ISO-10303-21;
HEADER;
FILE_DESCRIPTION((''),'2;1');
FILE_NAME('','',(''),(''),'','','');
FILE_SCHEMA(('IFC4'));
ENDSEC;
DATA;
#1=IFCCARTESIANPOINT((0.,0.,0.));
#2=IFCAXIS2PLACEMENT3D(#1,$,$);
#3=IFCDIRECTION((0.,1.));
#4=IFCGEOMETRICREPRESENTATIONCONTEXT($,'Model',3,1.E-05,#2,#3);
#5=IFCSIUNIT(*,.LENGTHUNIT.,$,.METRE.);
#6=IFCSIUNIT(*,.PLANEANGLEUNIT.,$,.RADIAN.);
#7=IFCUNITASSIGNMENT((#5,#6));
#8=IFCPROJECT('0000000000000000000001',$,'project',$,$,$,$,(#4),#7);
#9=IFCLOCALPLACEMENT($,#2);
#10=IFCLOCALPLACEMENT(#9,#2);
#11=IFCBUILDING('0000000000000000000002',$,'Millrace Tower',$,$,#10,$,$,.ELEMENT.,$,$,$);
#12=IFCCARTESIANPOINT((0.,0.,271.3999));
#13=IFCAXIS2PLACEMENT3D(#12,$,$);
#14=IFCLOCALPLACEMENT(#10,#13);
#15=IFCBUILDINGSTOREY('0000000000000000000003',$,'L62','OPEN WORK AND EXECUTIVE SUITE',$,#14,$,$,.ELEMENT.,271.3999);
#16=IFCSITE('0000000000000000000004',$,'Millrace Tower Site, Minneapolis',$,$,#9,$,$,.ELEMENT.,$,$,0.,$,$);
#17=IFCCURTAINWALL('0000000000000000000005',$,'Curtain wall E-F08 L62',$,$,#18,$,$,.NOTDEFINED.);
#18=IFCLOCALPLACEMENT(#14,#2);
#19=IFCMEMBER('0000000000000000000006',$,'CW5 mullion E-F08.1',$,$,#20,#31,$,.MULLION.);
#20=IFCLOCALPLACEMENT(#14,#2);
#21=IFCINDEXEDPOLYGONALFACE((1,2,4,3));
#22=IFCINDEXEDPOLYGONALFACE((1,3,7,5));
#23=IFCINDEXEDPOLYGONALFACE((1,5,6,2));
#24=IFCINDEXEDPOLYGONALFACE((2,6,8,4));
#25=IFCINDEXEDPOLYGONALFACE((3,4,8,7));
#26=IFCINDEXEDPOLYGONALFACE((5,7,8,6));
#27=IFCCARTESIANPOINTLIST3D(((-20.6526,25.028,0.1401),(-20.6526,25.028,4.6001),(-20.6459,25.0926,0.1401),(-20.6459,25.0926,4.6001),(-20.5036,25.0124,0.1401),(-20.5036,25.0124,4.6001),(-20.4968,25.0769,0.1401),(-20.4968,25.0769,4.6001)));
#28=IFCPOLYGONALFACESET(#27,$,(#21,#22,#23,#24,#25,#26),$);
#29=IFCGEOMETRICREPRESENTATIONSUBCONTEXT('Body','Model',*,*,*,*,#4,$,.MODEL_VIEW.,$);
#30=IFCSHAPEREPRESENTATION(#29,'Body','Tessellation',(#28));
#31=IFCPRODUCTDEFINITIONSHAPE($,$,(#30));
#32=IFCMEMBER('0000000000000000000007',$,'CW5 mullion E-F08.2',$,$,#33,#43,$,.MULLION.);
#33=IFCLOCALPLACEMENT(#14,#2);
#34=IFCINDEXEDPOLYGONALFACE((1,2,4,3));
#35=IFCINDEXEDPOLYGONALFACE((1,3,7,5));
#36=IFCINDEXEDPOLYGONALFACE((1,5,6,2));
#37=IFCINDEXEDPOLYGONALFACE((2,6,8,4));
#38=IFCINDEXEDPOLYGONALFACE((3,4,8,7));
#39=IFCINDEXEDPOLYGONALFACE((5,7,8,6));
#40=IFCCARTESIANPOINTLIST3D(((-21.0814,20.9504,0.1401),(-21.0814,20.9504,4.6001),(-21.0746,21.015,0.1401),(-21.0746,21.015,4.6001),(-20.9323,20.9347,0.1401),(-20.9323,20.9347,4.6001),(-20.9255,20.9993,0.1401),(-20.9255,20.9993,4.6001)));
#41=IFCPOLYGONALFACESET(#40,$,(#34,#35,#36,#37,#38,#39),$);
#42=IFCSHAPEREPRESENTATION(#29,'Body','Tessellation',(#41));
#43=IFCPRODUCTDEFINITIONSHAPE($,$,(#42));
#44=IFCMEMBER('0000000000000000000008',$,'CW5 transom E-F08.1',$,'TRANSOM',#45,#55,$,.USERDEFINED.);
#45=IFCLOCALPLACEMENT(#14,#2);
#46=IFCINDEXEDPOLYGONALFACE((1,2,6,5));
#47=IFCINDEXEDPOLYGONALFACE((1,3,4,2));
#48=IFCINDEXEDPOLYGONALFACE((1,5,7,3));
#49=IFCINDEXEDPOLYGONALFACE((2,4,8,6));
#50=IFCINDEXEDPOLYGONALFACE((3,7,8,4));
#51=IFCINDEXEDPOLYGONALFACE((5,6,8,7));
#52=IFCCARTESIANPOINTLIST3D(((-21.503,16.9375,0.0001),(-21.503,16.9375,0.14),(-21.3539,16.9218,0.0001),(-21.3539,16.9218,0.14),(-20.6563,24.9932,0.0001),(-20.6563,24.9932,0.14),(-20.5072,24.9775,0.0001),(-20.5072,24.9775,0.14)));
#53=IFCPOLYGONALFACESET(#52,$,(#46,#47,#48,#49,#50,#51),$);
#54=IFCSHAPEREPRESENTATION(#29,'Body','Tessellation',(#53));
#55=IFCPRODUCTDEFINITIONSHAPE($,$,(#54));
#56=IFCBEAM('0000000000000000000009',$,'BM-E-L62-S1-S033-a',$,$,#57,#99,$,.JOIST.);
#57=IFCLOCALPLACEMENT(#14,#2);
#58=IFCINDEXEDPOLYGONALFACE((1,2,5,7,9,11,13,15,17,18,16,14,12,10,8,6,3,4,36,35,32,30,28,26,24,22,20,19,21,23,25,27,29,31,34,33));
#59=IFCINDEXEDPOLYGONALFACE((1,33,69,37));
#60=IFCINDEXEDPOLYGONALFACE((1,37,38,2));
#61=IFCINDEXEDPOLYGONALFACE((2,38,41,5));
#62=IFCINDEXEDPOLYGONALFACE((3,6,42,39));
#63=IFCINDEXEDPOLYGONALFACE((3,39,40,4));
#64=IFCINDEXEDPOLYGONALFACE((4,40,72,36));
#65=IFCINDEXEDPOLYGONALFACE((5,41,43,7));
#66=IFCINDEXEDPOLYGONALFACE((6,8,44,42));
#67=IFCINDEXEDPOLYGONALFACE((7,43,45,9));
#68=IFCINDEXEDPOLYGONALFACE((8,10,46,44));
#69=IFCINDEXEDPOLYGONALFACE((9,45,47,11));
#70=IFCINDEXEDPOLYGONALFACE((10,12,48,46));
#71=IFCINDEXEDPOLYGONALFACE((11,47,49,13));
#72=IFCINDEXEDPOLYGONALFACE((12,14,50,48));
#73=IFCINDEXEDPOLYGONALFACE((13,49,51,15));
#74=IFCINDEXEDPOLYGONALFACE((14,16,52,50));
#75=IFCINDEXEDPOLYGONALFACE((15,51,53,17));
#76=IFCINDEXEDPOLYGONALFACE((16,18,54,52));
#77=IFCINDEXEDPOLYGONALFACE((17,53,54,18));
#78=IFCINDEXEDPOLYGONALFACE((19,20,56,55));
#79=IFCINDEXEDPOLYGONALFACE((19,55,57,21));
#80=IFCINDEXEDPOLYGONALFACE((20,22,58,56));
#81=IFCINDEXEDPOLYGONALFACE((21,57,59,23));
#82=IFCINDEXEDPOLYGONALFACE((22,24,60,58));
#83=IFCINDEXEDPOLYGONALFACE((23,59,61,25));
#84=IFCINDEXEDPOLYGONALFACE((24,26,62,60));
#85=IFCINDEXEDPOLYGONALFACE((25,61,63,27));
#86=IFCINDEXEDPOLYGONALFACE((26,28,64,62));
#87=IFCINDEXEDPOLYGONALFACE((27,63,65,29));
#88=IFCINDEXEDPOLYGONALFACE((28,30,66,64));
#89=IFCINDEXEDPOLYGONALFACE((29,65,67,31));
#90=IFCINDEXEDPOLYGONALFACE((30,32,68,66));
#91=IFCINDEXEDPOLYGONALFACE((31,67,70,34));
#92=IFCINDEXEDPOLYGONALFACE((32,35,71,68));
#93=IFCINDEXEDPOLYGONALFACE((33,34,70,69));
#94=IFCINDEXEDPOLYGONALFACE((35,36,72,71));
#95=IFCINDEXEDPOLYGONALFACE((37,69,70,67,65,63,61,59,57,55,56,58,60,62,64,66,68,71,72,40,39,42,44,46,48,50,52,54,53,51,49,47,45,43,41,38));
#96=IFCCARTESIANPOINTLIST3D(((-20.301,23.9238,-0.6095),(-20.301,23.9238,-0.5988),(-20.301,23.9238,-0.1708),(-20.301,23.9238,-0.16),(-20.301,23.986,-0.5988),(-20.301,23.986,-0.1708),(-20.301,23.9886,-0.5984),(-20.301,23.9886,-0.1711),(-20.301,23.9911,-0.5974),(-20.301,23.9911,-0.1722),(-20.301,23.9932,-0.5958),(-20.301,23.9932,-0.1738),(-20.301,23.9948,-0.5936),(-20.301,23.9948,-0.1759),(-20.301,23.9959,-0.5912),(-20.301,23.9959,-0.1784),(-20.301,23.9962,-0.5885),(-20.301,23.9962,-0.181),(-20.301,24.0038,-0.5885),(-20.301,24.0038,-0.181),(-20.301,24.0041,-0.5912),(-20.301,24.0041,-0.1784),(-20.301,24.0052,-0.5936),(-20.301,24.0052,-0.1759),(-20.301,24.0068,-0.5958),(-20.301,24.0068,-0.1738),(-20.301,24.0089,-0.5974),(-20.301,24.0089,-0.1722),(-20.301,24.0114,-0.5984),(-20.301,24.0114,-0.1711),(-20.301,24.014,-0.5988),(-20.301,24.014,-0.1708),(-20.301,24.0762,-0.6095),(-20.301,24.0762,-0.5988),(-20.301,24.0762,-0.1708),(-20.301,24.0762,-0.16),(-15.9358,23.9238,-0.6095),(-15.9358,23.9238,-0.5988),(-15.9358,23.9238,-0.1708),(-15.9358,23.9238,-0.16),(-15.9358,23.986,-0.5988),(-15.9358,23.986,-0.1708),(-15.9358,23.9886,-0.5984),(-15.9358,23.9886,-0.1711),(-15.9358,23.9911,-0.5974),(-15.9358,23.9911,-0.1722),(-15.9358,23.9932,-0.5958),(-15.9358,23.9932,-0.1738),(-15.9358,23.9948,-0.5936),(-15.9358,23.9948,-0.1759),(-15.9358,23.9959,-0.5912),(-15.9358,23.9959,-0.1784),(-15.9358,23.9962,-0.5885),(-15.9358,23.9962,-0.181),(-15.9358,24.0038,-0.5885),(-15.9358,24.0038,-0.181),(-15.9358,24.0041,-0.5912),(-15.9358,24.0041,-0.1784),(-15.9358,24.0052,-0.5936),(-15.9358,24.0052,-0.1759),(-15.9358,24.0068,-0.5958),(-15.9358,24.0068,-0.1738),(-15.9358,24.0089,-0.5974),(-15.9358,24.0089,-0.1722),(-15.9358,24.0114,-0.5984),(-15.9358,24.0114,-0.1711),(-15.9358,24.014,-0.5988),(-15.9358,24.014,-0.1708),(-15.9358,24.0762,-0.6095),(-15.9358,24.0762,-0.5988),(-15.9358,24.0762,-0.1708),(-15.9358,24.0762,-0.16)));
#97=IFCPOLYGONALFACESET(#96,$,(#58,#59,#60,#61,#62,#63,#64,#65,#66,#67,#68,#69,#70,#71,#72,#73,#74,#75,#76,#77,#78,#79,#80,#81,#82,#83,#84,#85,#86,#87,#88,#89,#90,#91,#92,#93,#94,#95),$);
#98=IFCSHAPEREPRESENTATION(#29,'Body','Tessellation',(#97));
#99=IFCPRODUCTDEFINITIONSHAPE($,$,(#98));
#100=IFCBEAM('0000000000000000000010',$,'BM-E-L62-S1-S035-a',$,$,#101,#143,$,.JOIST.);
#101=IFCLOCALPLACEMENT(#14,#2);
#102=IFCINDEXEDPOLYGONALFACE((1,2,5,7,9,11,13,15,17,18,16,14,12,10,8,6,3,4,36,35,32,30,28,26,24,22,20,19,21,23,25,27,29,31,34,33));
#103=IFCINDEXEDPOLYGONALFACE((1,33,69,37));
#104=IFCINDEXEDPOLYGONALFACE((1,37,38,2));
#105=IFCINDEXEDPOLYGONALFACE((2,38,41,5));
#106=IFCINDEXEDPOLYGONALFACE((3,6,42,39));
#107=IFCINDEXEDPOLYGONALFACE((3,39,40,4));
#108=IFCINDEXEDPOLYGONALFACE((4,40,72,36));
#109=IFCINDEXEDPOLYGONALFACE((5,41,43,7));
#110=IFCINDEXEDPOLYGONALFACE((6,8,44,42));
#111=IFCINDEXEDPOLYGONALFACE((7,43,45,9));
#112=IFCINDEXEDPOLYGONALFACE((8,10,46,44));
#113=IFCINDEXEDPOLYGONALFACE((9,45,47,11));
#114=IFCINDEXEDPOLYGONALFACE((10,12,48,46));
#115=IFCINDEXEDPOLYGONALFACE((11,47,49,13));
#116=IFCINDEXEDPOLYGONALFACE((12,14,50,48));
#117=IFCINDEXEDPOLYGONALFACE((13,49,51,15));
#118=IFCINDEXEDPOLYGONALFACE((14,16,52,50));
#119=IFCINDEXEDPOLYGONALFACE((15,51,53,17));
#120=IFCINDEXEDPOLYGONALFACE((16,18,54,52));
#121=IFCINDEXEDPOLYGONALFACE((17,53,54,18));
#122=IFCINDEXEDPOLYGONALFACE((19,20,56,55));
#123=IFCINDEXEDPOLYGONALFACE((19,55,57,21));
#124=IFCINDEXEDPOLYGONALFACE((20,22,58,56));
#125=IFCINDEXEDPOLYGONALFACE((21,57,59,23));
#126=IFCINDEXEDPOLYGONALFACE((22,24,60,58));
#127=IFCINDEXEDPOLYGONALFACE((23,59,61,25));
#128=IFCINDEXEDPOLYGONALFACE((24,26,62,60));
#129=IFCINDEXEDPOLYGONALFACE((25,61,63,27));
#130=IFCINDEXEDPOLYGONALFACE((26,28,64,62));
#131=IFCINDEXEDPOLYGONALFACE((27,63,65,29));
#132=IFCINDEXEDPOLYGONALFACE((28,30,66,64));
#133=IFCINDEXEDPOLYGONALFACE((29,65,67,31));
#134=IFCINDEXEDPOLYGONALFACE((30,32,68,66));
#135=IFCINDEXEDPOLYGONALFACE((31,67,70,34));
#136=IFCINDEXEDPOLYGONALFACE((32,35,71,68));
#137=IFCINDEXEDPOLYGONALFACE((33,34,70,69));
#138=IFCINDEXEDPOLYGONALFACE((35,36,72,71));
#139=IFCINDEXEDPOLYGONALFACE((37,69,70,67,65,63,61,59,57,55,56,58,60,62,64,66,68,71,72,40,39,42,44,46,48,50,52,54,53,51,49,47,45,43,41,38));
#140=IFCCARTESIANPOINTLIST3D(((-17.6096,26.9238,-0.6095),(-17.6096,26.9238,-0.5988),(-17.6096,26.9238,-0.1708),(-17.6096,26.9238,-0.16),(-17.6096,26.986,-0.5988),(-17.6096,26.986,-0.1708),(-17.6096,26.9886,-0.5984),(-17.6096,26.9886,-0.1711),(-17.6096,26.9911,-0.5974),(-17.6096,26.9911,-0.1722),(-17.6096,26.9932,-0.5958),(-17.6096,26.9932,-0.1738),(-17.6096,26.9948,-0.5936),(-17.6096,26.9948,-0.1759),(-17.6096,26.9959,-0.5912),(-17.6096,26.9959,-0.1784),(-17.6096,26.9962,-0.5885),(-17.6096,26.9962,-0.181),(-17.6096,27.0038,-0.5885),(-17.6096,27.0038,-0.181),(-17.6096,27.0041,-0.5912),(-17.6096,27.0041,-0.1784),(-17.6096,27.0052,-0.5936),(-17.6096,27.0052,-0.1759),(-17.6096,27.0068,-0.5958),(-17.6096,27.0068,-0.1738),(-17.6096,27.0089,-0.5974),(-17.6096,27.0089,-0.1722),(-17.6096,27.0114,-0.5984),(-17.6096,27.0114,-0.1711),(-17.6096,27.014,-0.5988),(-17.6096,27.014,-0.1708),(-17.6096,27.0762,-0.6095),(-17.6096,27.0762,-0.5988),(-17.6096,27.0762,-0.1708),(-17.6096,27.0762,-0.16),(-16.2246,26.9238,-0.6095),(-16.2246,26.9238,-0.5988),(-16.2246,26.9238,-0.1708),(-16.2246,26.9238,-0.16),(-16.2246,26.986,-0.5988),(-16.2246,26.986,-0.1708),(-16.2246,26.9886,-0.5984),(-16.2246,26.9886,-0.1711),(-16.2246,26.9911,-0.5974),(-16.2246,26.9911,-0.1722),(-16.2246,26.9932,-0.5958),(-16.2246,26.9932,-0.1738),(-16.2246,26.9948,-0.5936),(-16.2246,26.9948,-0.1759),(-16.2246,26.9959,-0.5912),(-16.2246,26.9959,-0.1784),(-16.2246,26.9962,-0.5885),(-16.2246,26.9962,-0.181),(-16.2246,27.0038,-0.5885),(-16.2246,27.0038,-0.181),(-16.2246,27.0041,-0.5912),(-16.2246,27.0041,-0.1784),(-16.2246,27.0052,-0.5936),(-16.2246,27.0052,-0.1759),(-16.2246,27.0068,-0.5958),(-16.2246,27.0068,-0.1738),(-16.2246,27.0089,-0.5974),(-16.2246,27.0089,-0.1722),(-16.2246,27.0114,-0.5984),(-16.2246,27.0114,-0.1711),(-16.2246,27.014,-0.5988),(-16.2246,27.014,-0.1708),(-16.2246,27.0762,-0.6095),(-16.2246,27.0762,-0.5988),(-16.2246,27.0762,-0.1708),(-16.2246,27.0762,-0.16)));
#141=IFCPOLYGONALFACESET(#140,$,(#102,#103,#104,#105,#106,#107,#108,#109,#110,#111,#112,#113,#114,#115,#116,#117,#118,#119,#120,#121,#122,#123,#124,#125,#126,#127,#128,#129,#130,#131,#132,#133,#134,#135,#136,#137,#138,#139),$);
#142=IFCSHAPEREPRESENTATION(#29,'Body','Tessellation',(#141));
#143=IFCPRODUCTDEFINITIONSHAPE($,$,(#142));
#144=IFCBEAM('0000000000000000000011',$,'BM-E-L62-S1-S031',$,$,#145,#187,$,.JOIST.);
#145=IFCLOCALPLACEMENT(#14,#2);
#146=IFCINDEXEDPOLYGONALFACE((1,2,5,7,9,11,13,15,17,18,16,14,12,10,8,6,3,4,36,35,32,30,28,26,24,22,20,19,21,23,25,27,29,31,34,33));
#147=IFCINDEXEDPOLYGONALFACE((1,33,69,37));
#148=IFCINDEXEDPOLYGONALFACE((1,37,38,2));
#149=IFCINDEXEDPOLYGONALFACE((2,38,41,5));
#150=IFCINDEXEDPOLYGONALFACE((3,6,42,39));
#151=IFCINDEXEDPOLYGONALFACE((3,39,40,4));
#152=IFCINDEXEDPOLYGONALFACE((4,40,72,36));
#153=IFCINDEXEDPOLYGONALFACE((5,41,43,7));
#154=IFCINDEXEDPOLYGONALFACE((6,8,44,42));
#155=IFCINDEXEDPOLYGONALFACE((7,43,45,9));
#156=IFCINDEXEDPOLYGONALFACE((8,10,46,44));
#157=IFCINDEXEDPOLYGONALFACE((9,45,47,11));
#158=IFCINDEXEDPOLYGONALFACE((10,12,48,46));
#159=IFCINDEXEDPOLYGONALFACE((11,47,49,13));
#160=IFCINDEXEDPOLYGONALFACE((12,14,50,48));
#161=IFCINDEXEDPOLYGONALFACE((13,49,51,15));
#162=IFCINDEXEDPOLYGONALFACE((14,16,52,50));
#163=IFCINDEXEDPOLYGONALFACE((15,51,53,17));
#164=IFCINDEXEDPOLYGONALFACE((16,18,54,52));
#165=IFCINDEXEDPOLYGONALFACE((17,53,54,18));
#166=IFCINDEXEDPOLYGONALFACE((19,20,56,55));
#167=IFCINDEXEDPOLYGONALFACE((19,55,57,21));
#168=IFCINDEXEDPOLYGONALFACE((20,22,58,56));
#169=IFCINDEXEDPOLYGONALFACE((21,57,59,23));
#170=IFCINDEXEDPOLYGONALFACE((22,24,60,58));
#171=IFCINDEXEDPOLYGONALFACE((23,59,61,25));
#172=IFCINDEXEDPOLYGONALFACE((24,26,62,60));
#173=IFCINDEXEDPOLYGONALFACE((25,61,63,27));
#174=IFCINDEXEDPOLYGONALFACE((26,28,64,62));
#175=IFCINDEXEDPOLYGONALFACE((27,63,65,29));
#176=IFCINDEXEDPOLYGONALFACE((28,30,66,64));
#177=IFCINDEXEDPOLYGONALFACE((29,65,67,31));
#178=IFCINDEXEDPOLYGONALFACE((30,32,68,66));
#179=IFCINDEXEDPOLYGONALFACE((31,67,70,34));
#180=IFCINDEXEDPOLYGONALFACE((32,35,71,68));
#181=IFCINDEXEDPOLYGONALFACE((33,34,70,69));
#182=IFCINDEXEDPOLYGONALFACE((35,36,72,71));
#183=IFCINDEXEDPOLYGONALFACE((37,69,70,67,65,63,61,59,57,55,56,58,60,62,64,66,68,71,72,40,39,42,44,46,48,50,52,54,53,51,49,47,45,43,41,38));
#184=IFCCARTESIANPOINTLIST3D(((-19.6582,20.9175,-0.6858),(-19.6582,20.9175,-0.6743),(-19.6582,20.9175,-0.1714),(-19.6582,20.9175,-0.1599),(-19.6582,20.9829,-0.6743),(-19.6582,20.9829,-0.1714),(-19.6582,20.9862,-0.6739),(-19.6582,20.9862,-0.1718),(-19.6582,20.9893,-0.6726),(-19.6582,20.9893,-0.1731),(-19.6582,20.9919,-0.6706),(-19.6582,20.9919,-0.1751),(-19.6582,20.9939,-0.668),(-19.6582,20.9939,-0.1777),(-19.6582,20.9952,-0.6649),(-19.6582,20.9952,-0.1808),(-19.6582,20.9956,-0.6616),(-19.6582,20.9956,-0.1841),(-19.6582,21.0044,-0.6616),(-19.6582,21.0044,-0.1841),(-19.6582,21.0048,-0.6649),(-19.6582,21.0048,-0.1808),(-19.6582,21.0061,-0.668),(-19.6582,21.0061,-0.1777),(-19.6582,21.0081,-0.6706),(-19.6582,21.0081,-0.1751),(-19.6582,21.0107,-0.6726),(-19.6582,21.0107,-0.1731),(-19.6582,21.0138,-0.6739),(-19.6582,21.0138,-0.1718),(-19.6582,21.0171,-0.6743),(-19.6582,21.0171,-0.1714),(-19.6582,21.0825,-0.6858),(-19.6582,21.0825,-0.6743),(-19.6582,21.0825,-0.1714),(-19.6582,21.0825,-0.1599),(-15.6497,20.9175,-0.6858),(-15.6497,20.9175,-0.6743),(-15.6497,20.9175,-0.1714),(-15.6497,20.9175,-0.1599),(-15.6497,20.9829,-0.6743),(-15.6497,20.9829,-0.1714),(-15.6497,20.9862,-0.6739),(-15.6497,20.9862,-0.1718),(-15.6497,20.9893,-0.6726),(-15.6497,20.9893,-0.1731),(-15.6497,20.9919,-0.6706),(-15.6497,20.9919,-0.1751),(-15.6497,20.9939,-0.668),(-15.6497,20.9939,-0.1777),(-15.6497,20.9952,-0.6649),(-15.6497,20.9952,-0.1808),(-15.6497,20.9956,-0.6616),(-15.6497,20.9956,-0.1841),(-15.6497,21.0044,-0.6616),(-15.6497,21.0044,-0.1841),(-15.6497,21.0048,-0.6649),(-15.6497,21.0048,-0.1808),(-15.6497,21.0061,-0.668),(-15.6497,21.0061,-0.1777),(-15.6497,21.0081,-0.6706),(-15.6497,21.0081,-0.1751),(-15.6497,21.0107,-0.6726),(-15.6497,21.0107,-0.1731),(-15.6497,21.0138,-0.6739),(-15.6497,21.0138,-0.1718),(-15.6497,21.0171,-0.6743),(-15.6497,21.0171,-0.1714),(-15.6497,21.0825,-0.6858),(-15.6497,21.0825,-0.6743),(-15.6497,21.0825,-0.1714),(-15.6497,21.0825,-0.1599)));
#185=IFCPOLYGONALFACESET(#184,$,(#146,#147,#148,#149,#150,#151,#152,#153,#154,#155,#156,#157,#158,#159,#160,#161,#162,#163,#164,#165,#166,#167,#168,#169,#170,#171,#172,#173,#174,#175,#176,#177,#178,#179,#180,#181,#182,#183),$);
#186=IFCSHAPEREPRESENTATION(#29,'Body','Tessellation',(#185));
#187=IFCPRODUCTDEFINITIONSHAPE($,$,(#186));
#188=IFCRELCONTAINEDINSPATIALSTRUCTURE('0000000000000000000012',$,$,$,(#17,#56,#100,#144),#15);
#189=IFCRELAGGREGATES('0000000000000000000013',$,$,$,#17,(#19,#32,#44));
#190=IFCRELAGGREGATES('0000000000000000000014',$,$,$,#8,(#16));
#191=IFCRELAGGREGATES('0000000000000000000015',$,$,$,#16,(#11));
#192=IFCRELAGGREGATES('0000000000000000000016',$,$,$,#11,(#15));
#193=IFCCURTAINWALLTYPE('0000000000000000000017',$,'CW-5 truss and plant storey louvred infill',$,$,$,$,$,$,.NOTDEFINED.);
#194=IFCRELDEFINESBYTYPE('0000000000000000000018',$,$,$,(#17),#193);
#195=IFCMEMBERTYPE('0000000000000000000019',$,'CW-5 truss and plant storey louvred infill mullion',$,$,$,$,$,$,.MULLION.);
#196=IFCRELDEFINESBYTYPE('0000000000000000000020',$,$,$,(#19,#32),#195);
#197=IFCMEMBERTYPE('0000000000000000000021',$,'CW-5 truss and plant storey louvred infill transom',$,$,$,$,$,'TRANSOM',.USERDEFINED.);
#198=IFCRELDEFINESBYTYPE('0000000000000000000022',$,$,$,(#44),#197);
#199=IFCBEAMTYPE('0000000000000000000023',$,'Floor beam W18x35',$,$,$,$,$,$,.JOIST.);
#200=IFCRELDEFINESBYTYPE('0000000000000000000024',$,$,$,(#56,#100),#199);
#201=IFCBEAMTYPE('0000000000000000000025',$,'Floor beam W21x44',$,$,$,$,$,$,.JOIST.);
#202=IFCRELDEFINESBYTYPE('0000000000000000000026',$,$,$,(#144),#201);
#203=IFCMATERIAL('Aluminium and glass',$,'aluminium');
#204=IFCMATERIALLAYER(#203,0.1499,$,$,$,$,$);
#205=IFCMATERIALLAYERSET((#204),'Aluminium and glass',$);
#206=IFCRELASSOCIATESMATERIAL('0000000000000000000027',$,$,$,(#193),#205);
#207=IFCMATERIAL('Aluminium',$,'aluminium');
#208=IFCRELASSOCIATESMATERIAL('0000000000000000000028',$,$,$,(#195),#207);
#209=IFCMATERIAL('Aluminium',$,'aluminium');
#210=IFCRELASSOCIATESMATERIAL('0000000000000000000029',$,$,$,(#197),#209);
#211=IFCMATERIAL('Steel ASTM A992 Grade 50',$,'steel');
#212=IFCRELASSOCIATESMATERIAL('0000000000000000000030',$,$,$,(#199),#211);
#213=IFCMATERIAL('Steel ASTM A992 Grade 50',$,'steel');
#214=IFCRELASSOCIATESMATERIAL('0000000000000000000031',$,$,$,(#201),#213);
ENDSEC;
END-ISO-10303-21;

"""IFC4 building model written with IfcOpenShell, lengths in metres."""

from ifc_helpers import new_model, si_unit, direction, frame, origin, origin_2d, place, context, subcontext, project, spatial, rectangle, i_section, extrude, material, layer, layer_set, material_profile, profile_set, type_object, element, aggregate, save


model = new_model("IFC4")

# Units and contexts
model_context = context("Model", 3, precision=1e-05, world=origin(), true_north=direction((0.0, 1.0)))
body_context = subcontext(model_context, "Body", "Model", "MODEL_VIEW")
ifc_project = project(units=[si_unit("LENGTHUNIT", "METRE"), si_unit("PLANEANGLEUNIT", "RADIAN")], contexts=[model_context])

# Site, building, storey
site_placement = place(None, origin())
site = spatial("IfcSite", under=ifc_project, at=site_placement, Name="Millrace Tower Site, Minneapolis", CompositionType="ELEMENT", RefElevation=0.0)
building_placement = place(site_placement, origin())
building = spatial("IfcBuilding", under=site, at=building_placement, Name="Millrace Tower", CompositionType="ELEMENT")
storey_placement = place(building_placement, frame((0.0, 0.0, 271.3999)))
storey = spatial("IfcBuildingStorey", under=building, at=storey_placement, Name="L62", Description="OPEN WORK AND EXECUTIVE SUITE", CompositionType="ELEMENT", Elevation=271.3999)

# Curtain wall, members
ifc_material_1 = material(Name="Aluminium and glass", Category="aluminium")
ifc_layer_1 = layer(ifc_material_1, 0.1499)
ifc_layer_set_1 = layer_set([ifc_layer_1], Name="Aluminium and glass")
curtain_wall_type = type_object("IfcCurtainWallType", Name="CW-5 truss and plant storey louvred infill", PredefinedType="NOTDEFINED", material=ifc_layer_set_1)
curtain_wall_placement = place(storey_placement, origin())
curtain_wall = element("IfcCurtainWall", 1, at=curtain_wall_placement, inside=storey, type_object=curtain_wall_type, Name="Curtain wall E-F08 L62", PredefinedType="NOTDEFINED")
ifc_material_2 = material(Name="Aluminium", Category="aluminium")
ifc_material_profile_1 = material_profile(ifc_material_2, rectangle(XDim=0.0649, YDim=0.1499, at=origin_2d()))
ifc_profile_set_1 = profile_set([ifc_material_profile_1], Name="Aluminium")
member_type_1 = type_object("IfcMemberType", Name="CW-5 truss and plant storey louvred infill mullion", PredefinedType="MULLION", material=ifc_profile_set_1)
member_1_placement = place(storey_placement, frame((-20.5747, 25.0525, 0.1401), z_axis=(0.0, 0.0, 1.0), x_axis=(-0.104528, -0.994522, 0.0)))
member_1 = element("IfcMember", 2, at=member_1_placement, type_object=member_type_1, Name="CW5 mullion E-F08.1", PredefinedType="MULLION", context=body_context, shape_type="SweptSolid", body=[
    extrude(rectangle(XDim=0.0649, YDim=0.1499, at=origin_2d()), origin(), (0.0, 0.0, 1.0), 4.46),
])
member_2_placement = place(storey_placement, frame((-21.0034, 20.9749, 0.1401), z_axis=(0.0, 0.0, 1.0), x_axis=(-0.104528, -0.994522, 0.0)))
member_2 = element("IfcMember", 3, at=member_2_placement, type_object=member_type_1, Name="CW5 mullion E-F08.2", PredefinedType="MULLION", context=body_context, shape_type="SweptSolid", body=[
    extrude(rectangle(XDim=0.0649, YDim=0.1499, at=origin_2d()), origin(), (0.0, 0.0, 1.0), 4.46),
])
ifc_material_3 = material(Name="Aluminium", Category="aluminium")
ifc_material_profile_2 = material_profile(ifc_material_3, rectangle(XDim=0.1499, YDim=0.1399, at=origin_2d()))
ifc_profile_set_2 = profile_set([ifc_material_profile_2], Name="Aluminium")
member_type_2 = type_object("IfcMemberType", Name="CW-5 truss and plant storey louvred infill transom", ElementType="TRANSOM", PredefinedType="USERDEFINED", material=ifc_profile_set_2)
member_3_placement = place(storey_placement, frame((-20.5818, 24.9854, 0.0701), z_axis=(-0.104528, -0.994522, 0.0), x_axis=(0.994522, -0.104528, 0.0)))
member_3 = element("IfcMember", 4, at=member_3_placement, type_object=member_type_2, Name="CW5 transom E-F08.1", ObjectType="TRANSOM", PredefinedType="USERDEFINED", context=body_context, shape_type="SweptSolid", body=[
    extrude(rectangle(XDim=0.1499, YDim=0.1399, at=origin_2d()), origin(), (0.0, 0.0, 1.0), 8.1001),
])
aggregate(curtain_wall, [member_1, member_2, member_3])

# Beams
ifc_material_4 = material(Name="Steel ASTM A992 Grade 50", Category="steel")
ifc_material_profile_3 = material_profile(ifc_material_4, i_section(OverallWidth=0.1523, OverallDepth=0.4495, WebThickness=0.0076, FlangeThickness=0.0107, FilletRadius=0.0103, at=origin_2d()))
ifc_profile_set_3 = profile_set([ifc_material_profile_3], Name="Steel ASTM A992 Grade 50")
beam_type_1 = type_object("IfcBeamType", Name="Floor beam W18x35", PredefinedType="JOIST", material=ifc_profile_set_3)
beam_1_placement = place(storey_placement, frame((-20.301, 24.0, -0.3848), z_axis=(1.0, 0.0, 0.0), x_axis=(0.0, 1.0, 0.0)))
element("IfcBeam", 5, at=beam_1_placement, inside=storey, type_object=beam_type_1, Name="BM-E-L62-S1-S033-a", PredefinedType="JOIST", context=body_context, shape_type="SweptSolid", body=[
    extrude(i_section(OverallWidth=0.1523, OverallDepth=0.4495, WebThickness=0.0076, FlangeThickness=0.0107, FilletRadius=0.0103, at=origin_2d()), origin(), (0.0, 0.0, 1.0), 4.3652),
])
beam_2_placement = place(storey_placement, frame((-17.6096, 27.0, -0.3848), z_axis=(1.0, 0.0, 0.0), x_axis=(0.0, 1.0, 0.0)))
element("IfcBeam", 6, at=beam_2_placement, inside=storey, type_object=beam_type_1, Name="BM-E-L62-S1-S035-a", PredefinedType="JOIST", context=body_context, shape_type="SweptSolid", body=[
    extrude(i_section(OverallWidth=0.1523, OverallDepth=0.4495, WebThickness=0.0076, FlangeThickness=0.0107, FilletRadius=0.0103, at=origin_2d()), origin(), (0.0, 0.0, 1.0), 1.385),
])
ifc_material_5 = material(Name="Steel ASTM A992 Grade 50", Category="steel")
ifc_material_profile_4 = material_profile(ifc_material_5, i_section(OverallWidth=0.165, OverallDepth=0.5259, WebThickness=0.0088, FlangeThickness=0.0115, FilletRadius=0.0127, at=origin_2d()))
ifc_profile_set_4 = profile_set([ifc_material_profile_4], Name="Steel ASTM A992 Grade 50")
beam_type_2 = type_object("IfcBeamType", Name="Floor beam W21x44", PredefinedType="JOIST", material=ifc_profile_set_4)
beam_3_placement = place(storey_placement, frame((-19.6582, 21.0, -0.4229), z_axis=(1.0, 0.0, 0.0), x_axis=(0.0, 1.0, 0.0)))
element("IfcBeam", 7, at=beam_3_placement, inside=storey, type_object=beam_type_2, Name="BM-E-L62-S1-S031", PredefinedType="JOIST", context=body_context, shape_type="SweptSolid", body=[
    extrude(i_section(OverallWidth=0.165, OverallDepth=0.5259, WebThickness=0.0088, FlangeThickness=0.0115, FilletRadius=0.0127, at=origin_2d()), origin(), (0.0, 0.0, 1.0), 4.0085),
])

save(model, "model.ifc")
